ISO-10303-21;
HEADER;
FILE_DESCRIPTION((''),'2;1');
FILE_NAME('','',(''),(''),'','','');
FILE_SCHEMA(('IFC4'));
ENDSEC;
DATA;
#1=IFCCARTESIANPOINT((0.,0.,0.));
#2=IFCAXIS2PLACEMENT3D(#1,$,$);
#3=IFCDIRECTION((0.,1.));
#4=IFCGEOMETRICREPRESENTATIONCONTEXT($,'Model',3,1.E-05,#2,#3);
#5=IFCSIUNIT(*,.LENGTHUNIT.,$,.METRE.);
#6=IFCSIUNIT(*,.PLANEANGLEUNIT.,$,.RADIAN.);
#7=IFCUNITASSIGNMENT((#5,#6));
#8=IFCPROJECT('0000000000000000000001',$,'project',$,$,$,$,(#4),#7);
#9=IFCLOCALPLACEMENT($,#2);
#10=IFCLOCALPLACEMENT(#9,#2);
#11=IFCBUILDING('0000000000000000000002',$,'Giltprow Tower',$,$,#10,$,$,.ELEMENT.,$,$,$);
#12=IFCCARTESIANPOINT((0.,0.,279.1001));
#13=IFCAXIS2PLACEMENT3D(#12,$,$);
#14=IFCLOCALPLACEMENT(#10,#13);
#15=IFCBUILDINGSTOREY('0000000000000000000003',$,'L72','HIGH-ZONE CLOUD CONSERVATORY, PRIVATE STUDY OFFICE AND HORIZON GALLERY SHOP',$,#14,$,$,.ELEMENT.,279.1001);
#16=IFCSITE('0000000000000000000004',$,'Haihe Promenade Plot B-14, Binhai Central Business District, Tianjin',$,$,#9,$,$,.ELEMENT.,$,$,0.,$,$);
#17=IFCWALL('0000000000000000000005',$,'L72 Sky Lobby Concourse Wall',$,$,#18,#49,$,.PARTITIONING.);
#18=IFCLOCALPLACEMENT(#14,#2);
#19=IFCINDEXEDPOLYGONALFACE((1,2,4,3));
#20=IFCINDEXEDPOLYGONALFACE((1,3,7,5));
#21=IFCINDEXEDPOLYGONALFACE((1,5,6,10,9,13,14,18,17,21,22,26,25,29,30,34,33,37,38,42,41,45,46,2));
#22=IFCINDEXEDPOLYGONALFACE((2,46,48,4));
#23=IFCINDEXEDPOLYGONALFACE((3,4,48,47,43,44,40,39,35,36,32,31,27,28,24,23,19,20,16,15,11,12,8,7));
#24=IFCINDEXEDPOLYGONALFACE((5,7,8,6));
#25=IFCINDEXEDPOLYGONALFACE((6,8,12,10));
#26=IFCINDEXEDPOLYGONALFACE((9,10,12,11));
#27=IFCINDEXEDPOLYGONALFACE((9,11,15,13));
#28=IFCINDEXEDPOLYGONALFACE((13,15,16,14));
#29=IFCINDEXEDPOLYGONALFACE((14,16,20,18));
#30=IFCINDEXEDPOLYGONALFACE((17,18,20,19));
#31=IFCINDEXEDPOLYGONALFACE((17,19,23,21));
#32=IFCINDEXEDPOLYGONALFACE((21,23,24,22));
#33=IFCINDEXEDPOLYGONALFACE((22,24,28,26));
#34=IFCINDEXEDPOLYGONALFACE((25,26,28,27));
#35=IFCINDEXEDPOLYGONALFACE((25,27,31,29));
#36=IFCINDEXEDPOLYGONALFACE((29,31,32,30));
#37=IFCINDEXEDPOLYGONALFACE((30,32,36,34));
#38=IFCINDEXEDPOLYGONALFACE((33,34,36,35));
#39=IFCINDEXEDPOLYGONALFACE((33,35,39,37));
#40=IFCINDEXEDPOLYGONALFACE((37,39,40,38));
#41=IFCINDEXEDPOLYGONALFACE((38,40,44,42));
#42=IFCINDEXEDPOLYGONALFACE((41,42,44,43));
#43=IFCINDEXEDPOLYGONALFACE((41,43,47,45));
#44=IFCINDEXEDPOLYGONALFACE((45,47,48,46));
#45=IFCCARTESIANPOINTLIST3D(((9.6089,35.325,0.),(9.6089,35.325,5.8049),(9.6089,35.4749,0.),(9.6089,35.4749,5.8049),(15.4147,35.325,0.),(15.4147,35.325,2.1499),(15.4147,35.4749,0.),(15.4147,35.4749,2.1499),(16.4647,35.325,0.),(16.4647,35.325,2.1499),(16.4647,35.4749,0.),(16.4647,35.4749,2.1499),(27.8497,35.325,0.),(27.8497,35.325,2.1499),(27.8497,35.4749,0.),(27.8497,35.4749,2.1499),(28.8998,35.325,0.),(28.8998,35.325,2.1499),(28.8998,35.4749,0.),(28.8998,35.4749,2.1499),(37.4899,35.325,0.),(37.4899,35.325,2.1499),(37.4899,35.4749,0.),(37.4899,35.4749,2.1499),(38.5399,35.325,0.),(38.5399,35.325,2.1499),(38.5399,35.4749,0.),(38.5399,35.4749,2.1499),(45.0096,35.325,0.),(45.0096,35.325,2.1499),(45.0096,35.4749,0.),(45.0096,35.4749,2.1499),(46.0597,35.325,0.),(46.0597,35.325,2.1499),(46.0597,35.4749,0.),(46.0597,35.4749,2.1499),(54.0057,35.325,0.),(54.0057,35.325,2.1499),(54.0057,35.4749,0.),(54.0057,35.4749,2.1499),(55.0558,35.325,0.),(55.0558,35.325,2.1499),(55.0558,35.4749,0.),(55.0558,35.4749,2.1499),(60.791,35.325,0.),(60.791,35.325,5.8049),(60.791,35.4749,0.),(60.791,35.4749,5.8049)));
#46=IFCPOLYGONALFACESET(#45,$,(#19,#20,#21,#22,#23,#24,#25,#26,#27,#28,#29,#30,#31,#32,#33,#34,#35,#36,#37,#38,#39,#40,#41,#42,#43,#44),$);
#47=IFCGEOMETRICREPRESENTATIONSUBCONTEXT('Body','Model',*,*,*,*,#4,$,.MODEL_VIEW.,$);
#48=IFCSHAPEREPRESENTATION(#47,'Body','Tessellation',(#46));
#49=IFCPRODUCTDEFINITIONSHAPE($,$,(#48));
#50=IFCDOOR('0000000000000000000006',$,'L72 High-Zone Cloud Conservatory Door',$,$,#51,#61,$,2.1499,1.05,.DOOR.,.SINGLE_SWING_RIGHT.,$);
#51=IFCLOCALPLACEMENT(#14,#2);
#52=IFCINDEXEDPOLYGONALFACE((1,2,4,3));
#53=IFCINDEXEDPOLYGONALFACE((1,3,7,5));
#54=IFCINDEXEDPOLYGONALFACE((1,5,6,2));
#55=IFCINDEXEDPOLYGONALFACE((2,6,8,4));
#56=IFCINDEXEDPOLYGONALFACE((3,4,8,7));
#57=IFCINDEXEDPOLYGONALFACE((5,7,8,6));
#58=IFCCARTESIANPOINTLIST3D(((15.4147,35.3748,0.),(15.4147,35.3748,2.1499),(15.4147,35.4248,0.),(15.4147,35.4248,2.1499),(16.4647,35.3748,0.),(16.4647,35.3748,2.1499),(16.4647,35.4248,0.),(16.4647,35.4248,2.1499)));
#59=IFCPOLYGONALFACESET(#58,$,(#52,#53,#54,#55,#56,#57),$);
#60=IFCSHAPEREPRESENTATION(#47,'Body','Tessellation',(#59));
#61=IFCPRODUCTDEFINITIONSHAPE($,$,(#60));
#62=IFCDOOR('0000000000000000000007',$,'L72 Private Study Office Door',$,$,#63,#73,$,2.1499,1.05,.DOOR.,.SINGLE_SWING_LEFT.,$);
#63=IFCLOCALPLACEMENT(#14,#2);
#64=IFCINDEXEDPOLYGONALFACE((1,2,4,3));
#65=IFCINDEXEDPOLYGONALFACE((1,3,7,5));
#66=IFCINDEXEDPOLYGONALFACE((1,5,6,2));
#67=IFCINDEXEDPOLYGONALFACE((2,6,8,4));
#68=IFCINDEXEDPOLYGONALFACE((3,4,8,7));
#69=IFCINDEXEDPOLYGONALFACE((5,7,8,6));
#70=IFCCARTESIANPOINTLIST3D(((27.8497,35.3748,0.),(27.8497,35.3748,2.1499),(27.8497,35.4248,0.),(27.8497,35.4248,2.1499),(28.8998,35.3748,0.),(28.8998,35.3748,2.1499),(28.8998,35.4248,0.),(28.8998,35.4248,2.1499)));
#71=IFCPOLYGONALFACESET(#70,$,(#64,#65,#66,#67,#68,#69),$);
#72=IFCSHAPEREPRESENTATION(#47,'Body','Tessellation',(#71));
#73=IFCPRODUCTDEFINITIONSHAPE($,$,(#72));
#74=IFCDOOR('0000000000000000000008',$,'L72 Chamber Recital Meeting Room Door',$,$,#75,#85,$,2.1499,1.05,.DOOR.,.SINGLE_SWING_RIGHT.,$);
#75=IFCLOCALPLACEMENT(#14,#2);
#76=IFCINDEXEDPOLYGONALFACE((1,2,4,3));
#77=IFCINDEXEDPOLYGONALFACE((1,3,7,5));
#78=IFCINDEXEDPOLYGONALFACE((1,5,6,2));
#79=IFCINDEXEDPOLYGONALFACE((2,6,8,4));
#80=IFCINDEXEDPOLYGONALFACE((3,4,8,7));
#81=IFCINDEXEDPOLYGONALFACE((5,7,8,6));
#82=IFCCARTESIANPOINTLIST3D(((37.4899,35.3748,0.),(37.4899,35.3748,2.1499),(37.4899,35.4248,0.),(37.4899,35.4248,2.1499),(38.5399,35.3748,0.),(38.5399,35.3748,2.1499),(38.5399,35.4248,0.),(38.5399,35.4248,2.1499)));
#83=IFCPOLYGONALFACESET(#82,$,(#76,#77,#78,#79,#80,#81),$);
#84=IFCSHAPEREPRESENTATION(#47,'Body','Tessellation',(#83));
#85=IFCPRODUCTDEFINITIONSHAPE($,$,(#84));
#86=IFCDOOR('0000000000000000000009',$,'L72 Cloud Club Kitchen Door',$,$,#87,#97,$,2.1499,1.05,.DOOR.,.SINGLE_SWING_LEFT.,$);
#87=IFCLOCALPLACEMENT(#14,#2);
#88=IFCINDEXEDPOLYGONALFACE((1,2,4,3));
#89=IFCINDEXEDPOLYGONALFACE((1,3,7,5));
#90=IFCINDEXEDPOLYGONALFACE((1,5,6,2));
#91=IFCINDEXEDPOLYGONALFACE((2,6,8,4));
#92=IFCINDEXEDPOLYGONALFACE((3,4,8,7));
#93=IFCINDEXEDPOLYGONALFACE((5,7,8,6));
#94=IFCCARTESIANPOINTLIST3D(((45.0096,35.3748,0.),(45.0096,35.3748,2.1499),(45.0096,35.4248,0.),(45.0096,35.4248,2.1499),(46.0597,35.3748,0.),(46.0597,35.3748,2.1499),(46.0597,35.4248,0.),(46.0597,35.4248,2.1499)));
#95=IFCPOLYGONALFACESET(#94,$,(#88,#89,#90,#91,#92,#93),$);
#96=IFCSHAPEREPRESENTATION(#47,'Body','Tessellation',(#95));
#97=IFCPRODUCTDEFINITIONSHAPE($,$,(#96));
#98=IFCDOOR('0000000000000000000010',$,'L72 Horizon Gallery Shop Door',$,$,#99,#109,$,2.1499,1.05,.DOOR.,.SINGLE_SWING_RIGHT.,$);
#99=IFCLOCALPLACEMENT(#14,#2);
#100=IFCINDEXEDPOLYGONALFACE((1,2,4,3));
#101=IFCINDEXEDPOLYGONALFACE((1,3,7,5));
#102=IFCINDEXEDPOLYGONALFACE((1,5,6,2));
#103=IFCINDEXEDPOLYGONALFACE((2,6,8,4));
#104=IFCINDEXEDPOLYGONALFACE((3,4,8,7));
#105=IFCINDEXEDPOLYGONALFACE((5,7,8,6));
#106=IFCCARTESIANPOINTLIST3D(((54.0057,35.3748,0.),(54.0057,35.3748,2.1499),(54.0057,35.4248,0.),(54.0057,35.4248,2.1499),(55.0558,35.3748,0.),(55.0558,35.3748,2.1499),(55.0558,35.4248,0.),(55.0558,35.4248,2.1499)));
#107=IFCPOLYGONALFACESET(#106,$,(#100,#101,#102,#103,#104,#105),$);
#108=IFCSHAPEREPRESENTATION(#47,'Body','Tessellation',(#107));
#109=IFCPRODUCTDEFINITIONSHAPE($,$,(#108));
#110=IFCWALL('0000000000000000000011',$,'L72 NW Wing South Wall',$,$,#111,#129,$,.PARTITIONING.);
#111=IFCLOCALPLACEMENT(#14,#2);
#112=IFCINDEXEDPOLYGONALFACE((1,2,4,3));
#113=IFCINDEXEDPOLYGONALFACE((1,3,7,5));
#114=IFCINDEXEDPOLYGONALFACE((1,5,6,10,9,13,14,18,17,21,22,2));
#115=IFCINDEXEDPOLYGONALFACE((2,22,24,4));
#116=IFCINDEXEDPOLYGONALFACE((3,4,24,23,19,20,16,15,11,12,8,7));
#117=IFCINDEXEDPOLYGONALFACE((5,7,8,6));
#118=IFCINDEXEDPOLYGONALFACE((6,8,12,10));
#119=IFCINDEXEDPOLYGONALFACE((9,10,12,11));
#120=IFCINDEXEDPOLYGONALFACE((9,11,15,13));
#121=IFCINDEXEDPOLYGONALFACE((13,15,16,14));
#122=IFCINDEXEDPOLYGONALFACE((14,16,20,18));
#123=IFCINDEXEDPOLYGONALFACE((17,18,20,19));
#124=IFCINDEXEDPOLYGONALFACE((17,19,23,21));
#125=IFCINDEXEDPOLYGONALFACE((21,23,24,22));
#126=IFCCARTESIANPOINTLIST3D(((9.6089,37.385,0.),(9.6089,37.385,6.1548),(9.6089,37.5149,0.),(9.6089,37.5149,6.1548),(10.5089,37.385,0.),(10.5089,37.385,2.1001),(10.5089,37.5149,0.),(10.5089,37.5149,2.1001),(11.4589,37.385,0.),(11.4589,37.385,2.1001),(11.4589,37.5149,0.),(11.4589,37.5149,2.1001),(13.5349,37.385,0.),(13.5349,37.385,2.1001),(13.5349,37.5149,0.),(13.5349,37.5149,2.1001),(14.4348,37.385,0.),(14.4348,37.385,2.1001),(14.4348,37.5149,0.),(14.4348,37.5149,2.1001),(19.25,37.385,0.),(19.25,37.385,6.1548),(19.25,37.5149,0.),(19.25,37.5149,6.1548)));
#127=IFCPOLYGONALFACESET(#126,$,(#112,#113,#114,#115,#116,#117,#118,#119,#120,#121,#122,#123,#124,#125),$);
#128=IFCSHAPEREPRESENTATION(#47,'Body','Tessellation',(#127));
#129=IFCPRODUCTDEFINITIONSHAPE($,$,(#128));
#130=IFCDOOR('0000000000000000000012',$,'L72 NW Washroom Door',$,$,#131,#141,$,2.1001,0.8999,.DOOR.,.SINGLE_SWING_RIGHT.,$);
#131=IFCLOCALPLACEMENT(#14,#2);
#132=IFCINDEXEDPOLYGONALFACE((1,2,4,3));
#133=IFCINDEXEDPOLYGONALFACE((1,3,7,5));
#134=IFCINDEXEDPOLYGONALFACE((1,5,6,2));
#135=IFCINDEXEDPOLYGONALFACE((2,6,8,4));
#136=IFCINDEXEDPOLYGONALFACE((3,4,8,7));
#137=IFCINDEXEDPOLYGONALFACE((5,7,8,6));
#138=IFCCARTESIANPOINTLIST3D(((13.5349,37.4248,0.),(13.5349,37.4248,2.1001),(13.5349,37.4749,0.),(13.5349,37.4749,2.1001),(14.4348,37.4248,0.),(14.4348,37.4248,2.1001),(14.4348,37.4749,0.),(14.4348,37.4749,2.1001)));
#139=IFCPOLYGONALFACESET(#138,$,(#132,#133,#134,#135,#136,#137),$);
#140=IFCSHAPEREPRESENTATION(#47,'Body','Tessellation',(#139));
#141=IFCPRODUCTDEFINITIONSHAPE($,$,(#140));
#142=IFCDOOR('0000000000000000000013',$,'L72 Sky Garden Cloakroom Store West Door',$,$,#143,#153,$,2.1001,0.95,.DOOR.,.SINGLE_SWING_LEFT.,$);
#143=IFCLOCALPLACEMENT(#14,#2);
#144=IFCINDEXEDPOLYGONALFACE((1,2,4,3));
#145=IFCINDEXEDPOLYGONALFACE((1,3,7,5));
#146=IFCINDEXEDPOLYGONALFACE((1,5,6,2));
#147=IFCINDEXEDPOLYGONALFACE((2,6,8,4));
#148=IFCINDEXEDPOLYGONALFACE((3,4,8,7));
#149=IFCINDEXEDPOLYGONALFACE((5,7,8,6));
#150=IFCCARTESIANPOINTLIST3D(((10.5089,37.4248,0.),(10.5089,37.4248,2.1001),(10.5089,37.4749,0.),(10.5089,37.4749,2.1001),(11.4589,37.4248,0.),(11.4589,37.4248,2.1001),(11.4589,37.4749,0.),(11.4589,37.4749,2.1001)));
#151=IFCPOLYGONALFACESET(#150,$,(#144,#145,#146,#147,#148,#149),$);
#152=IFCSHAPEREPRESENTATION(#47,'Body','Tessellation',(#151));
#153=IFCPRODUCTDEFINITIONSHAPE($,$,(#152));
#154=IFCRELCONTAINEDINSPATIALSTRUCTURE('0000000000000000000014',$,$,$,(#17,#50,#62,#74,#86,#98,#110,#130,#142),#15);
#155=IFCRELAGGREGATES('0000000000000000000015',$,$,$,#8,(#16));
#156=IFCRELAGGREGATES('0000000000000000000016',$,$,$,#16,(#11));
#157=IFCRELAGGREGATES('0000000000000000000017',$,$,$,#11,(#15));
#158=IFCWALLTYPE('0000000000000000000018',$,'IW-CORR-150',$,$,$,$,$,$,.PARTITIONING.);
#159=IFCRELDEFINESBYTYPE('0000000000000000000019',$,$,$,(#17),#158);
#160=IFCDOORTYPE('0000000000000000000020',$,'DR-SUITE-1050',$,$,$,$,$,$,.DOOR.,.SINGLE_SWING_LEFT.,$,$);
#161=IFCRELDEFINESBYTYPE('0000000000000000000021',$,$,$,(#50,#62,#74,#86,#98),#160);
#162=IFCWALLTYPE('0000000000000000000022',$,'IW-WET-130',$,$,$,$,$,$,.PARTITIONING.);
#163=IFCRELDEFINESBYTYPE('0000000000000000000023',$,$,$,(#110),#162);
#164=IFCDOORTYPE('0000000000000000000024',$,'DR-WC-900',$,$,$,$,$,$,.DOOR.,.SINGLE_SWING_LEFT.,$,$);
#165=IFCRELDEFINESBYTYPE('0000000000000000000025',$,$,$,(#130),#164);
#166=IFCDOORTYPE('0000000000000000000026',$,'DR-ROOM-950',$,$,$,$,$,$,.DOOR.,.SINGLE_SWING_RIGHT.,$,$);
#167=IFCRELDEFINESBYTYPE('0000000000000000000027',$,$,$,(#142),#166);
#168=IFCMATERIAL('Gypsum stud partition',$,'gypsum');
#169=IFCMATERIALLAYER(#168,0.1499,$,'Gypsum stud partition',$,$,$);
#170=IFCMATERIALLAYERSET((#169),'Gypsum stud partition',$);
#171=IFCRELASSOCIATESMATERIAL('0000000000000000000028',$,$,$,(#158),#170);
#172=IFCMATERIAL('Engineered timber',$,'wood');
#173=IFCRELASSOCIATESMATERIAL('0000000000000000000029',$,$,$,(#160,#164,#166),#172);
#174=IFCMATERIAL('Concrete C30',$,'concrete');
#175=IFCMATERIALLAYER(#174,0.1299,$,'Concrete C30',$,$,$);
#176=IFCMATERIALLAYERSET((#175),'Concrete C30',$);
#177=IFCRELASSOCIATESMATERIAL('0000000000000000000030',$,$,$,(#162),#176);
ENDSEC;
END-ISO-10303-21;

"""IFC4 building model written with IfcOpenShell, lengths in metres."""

from ifc_helpers import new_model, si_unit, direction, frame, frame_2d, origin, place, context, subcontext, project, spatial, rectangle, extrude, source, transform, mapped, material, layer, layer_set, type_object, element, fill, save


model = new_model("IFC4")

# Units and contexts
model_context = context("Model", 3, precision=1e-05, world=origin(), true_north=direction((0.0, 1.0)))
body_context = subcontext(model_context, "Body", "Model", "MODEL_VIEW")
ifc_project = project(units=[si_unit("LENGTHUNIT", "METRE"), si_unit("PLANEANGLEUNIT", "RADIAN")], contexts=[model_context])

# Site, building, storey
site_placement = place(None, origin())
site = spatial("IfcSite", under=ifc_project, at=site_placement, Name="Haihe Promenade Plot B-14, Binhai Central Business District, Tianjin", CompositionType="ELEMENT", RefElevation=0.0)
building_placement = place(site_placement, origin())
building = spatial("IfcBuilding", under=site, at=building_placement, Name="Giltprow Tower", CompositionType="ELEMENT")
storey_placement = place(building_placement, frame((0.0, 0.0, 279.1001)))
storey = spatial("IfcBuildingStorey", under=building, at=storey_placement, Name="L72", Description="HIGH-ZONE CLOUD CONSERVATORY, PRIVATE STUDY OFFICE AND HORIZON GALLERY SHOP", CompositionType="ELEMENT", Elevation=279.1001)

# Walls, openings, doors
ifc_material_1 = material(Name="Gypsum stud partition", Category="gypsum")
ifc_layer_1 = layer(ifc_material_1, 0.1499, Name="Gypsum stud partition")
ifc_layer_set_1 = layer_set([ifc_layer_1], Name="Gypsum stud partition")
wall_type_1 = type_object("IfcWallType", Name="IW-CORR-150", PredefinedType="PARTITIONING", material=ifc_layer_set_1)
wall_1_placement = place(storey_placement, frame((9.6089, 35.3999, 0.0), z_axis=(0.0, 0.0, 1.0), x_axis=(1.0, 0.0, 0.0)))
wall_1 = element("IfcWall", 1, at=wall_1_placement, inside=storey, type_object=wall_type_1, Name="L72 Sky Lobby Concourse Wall", PredefinedType="PARTITIONING", context=body_context, shape_type="SweptSolid", body=[
    extrude(rectangle(XDim=51.1821, YDim=0.1499, at=frame_2d((25.5911, 0.0))), origin(), (0.0, 0.0, 1.0), 5.8049),
])
opening_1_placement = place(wall_1_placement, frame((5.8059, 0.0, 0.0)))
opening_1 = element("IfcOpeningElement", 2, at=opening_1_placement, cuts=wall_1, PredefinedType="OPENING", context=body_context, shape_type="SweptSolid", body=[
    extrude(rectangle(XDim=1.05, YDim=2.1499, at=frame_2d((0.5249, 1.075))), frame((0.0, 0.085, 0.0), z_axis=(0.0, -1.0, 0.0), x_axis=(1.0, 0.0, 0.0)), (0.0, 0.0, 1.0), 0.1699),
])
opening_2_placement = place(wall_1_placement, frame((18.241, 0.0, 0.0)))
opening_2 = element("IfcOpeningElement", 3, at=opening_2_placement, cuts=wall_1, PredefinedType="OPENING", context=body_context, shape_type="SweptSolid", body=[
    extrude(rectangle(XDim=1.05, YDim=2.1499, at=frame_2d((0.5249, 1.075))), frame((0.0, 0.085, 0.0), z_axis=(0.0, -1.0, 0.0), x_axis=(1.0, 0.0, 0.0)), (0.0, 0.0, 1.0), 0.1699),
])
opening_3_placement = place(wall_1_placement, frame((27.8811, 0.0, 0.0)))
opening_3 = element("IfcOpeningElement", 4, at=opening_3_placement, cuts=wall_1, PredefinedType="OPENING", context=body_context, shape_type="SweptSolid", body=[
    extrude(rectangle(XDim=1.05, YDim=2.1499, at=frame_2d((0.5249, 1.075))), frame((0.0, 0.085, 0.0), z_axis=(0.0, -1.0, 0.0), x_axis=(1.0, 0.0, 0.0)), (0.0, 0.0, 1.0), 0.1699),
])
opening_4_placement = place(wall_1_placement, frame((35.4009, 0.0, 0.0)))
opening_4 = element("IfcOpeningElement", 5, at=opening_4_placement, cuts=wall_1, PredefinedType="OPENING", context=body_context, shape_type="SweptSolid", body=[
    extrude(rectangle(XDim=1.05, YDim=2.1499, at=frame_2d((0.5249, 1.075))), frame((0.0, 0.085, 0.0), z_axis=(0.0, -1.0, 0.0), x_axis=(1.0, 0.0, 0.0)), (0.0, 0.0, 1.0), 0.1699),
])
opening_5_placement = place(wall_1_placement, frame((44.397, 0.0, 0.0)))
opening_5 = element("IfcOpeningElement", 6, at=opening_5_placement, cuts=wall_1, PredefinedType="OPENING", context=body_context, shape_type="SweptSolid", body=[
    extrude(rectangle(XDim=1.05, YDim=2.1499, at=frame_2d((0.5249, 1.075))), frame((0.0, 0.085, 0.0), z_axis=(0.0, -1.0, 0.0), x_axis=(1.0, 0.0, 0.0)), (0.0, 0.0, 1.0), 0.1699),
])
ifc_material_2 = material(Name="Engineered timber", Category="wood")
door_type_1 = type_object("IfcDoorType", Name="DR-SUITE-1050", OperationType="SINGLE_SWING_LEFT", PredefinedType="DOOR", material=ifc_material_2)
shared_shape_1 = source(origin(), body_context, "Body", "SweptSolid", [
    extrude(rectangle(XDim=1.05, YDim=2.1499, at=frame_2d((0.5249, 1.075))), frame((0.0, 0.0249, 0.0), z_axis=(0.0, -1.0, 0.0), x_axis=(1.0, 0.0, 0.0)), (0.0, 0.0, 1.0), 0.05),
])
door_1_placement = place(opening_1_placement, origin())
door_1 = element("IfcDoor", 7, at=door_1_placement, inside=storey, type_object=door_type_1, Name="L72 High-Zone Cloud Conservatory Door", OperationType="SINGLE_SWING_RIGHT", OverallHeight=2.1499, OverallWidth=1.05, PredefinedType="DOOR", context=body_context, shape_type="MappedRepresentation", body=[
    mapped(shared_shape_1, transform((0.0, 0.0, 0.0), x_axis=(1.0, 0.0, 0.0), y_axis=(0.0, 1.0, 0.0), z_axis=(0.0, 0.0, 1.0), scale=1.0)),
])
fill(opening_1, door_1)
door_2_placement = place(opening_2_placement, origin())
door_2 = element("IfcDoor", 8, at=door_2_placement, inside=storey, type_object=door_type_1, Name="L72 Private Study Office Door", OperationType="SINGLE_SWING_LEFT", OverallHeight=2.1499, OverallWidth=1.05, PredefinedType="DOOR", context=body_context, shape_type="MappedRepresentation", body=[
    mapped(shared_shape_1, transform((0.0, 0.0, 0.0), x_axis=(1.0, 0.0, 0.0), y_axis=(0.0, 1.0, 0.0), z_axis=(0.0, 0.0, 1.0), scale=1.0)),
])
fill(opening_2, door_2)
door_3_placement = place(opening_3_placement, origin())
door_3 = element("IfcDoor", 9, at=door_3_placement, inside=storey, type_object=door_type_1, Name="L72 Chamber Recital Meeting Room Door", OperationType="SINGLE_SWING_RIGHT", OverallHeight=2.1499, OverallWidth=1.05, PredefinedType="DOOR", context=body_context, shape_type="MappedRepresentation", body=[
    mapped(shared_shape_1, transform((0.0, 0.0, 0.0), x_axis=(1.0, 0.0, 0.0), y_axis=(0.0, 1.0, 0.0), z_axis=(0.0, 0.0, 1.0), scale=1.0)),
])
fill(opening_3, door_3)
door_4_placement = place(opening_4_placement, origin())
door_4 = element("IfcDoor", 10, at=door_4_placement, inside=storey, type_object=door_type_1, Name="L72 Cloud Club Kitchen Door", OperationType="SINGLE_SWING_LEFT", OverallHeight=2.1499, OverallWidth=1.05, PredefinedType="DOOR", context=body_context, shape_type="MappedRepresentation", body=[
    mapped(shared_shape_1, transform((0.0, 0.0, 0.0), x_axis=(1.0, 0.0, 0.0), y_axis=(0.0, 1.0, 0.0), z_axis=(0.0, 0.0, 1.0), scale=1.0)),
])
fill(opening_4, door_4)
door_5_placement = place(opening_5_placement, origin())
door_5 = element("IfcDoor", 11, at=door_5_placement, inside=storey, type_object=door_type_1, Name="L72 Horizon Gallery Shop Door", OperationType="SINGLE_SWING_RIGHT", OverallHeight=2.1499, OverallWidth=1.05, PredefinedType="DOOR", context=body_context, shape_type="MappedRepresentation", body=[
    mapped(shared_shape_1, transform((0.0, 0.0, 0.0), x_axis=(1.0, 0.0, 0.0), y_axis=(0.0, 1.0, 0.0), z_axis=(0.0, 0.0, 1.0), scale=1.0)),
])
fill(opening_5, door_5)
ifc_material_3 = material(Name="Concrete C30", Category="concrete")
ifc_layer_2 = layer(ifc_material_3, 0.1299, Name="Concrete C30")
ifc_layer_set_2 = layer_set([ifc_layer_2], Name="Concrete C30")
wall_type_2 = type_object("IfcWallType", Name="IW-WET-130", PredefinedType="PARTITIONING", material=ifc_layer_set_2)
wall_2_placement = place(storey_placement, frame((9.6089, 37.45, 0.0), z_axis=(0.0, 0.0, 1.0), x_axis=(1.0, 0.0, 0.0)))
wall_2 = element("IfcWall", 12, at=wall_2_placement, inside=storey, type_object=wall_type_2, Name="L72 NW Wing South Wall", PredefinedType="PARTITIONING", context=body_context, shape_type="SweptSolid", body=[
    extrude(rectangle(XDim=9.6411, YDim=0.1299, at=frame_2d((4.8206, 0.0))), origin(), (0.0, 0.0, 1.0), 6.1548),
])
opening_6_placement = place(wall_2_placement, frame((0.8999, 0.0, 0.0)))
opening_6 = element("IfcOpeningElement", 13, at=opening_6_placement, cuts=wall_2, PredefinedType="OPENING", context=body_context, shape_type="SweptSolid", body=[
    extrude(rectangle(XDim=0.95, YDim=2.1001, at=frame_2d((0.4751, 1.05))), frame((0.0, 0.075, 0.0), z_axis=(0.0, -1.0, 0.0), x_axis=(1.0, 0.0, 0.0)), (0.0, 0.0, 1.0), 0.1499),
])
opening_7_placement = place(wall_2_placement, frame((3.926, 0.0, 0.0)))
opening_7 = element("IfcOpeningElement", 14, at=opening_7_placement, cuts=wall_2, PredefinedType="OPENING", context=body_context, shape_type="SweptSolid", body=[
    extrude(rectangle(XDim=0.8999, YDim=2.1001, at=frame_2d((0.45, 1.05))), frame((0.0, 0.075, 0.0), z_axis=(0.0, -1.0, 0.0), x_axis=(1.0, 0.0, 0.0)), (0.0, 0.0, 1.0), 0.1499),
])
door_type_2 = type_object("IfcDoorType", Name="DR-WC-900", OperationType="SINGLE_SWING_LEFT", PredefinedType="DOOR", material=ifc_material_2)
shared_shape_2 = source(origin(), body_context, "Body", "SweptSolid", [
    extrude(rectangle(XDim=0.8999, YDim=2.1001, at=frame_2d((0.45, 1.05))), frame((0.0, 0.0249, 0.0), z_axis=(0.0, -1.0, 0.0), x_axis=(1.0, 0.0, 0.0)), (0.0, 0.0, 1.0), 0.05),
])
door_6_placement = place(opening_7_placement, origin())
door_6 = element("IfcDoor", 15, at=door_6_placement, inside=storey, type_object=door_type_2, Name="L72 NW Washroom Door", OperationType="SINGLE_SWING_RIGHT", OverallHeight=2.1001, OverallWidth=0.8999, PredefinedType="DOOR", context=body_context, shape_type="MappedRepresentation", body=[
    mapped(shared_shape_2, transform((0.0, 0.0, 0.0), x_axis=(1.0, 0.0, 0.0), y_axis=(0.0, 1.0, 0.0), z_axis=(0.0, 0.0, 1.0), scale=1.0)),
])
fill(opening_7, door_6)
door_type_3 = type_object("IfcDoorType", Name="DR-ROOM-950", OperationType="SINGLE_SWING_RIGHT", PredefinedType="DOOR", material=ifc_material_2)
shared_shape_3 = source(origin(), body_context, "Body", "SweptSolid", [
    extrude(rectangle(XDim=0.95, YDim=2.1001, at=frame_2d((0.4751, 1.05))), frame((0.0, 0.0249, 0.0), z_axis=(0.0, -1.0, 0.0), x_axis=(1.0, 0.0, 0.0)), (0.0, 0.0, 1.0), 0.05),
])
door_7_placement = place(opening_6_placement, origin())
door_7 = element("IfcDoor", 16, at=door_7_placement, inside=storey, type_object=door_type_3, Name="L72 Sky Garden Cloakroom Store West Door", OperationType="SINGLE_SWING_LEFT", OverallHeight=2.1001, OverallWidth=0.95, PredefinedType="DOOR", context=body_context, shape_type="MappedRepresentation", body=[
    mapped(shared_shape_3, transform((0.0, 0.0, 0.0), x_axis=(1.0, 0.0, 0.0), y_axis=(0.0, 1.0, 0.0), z_axis=(0.0, 0.0, 1.0), scale=1.0)),
])
fill(opening_6, door_7)

save(model, "model.ifc")
